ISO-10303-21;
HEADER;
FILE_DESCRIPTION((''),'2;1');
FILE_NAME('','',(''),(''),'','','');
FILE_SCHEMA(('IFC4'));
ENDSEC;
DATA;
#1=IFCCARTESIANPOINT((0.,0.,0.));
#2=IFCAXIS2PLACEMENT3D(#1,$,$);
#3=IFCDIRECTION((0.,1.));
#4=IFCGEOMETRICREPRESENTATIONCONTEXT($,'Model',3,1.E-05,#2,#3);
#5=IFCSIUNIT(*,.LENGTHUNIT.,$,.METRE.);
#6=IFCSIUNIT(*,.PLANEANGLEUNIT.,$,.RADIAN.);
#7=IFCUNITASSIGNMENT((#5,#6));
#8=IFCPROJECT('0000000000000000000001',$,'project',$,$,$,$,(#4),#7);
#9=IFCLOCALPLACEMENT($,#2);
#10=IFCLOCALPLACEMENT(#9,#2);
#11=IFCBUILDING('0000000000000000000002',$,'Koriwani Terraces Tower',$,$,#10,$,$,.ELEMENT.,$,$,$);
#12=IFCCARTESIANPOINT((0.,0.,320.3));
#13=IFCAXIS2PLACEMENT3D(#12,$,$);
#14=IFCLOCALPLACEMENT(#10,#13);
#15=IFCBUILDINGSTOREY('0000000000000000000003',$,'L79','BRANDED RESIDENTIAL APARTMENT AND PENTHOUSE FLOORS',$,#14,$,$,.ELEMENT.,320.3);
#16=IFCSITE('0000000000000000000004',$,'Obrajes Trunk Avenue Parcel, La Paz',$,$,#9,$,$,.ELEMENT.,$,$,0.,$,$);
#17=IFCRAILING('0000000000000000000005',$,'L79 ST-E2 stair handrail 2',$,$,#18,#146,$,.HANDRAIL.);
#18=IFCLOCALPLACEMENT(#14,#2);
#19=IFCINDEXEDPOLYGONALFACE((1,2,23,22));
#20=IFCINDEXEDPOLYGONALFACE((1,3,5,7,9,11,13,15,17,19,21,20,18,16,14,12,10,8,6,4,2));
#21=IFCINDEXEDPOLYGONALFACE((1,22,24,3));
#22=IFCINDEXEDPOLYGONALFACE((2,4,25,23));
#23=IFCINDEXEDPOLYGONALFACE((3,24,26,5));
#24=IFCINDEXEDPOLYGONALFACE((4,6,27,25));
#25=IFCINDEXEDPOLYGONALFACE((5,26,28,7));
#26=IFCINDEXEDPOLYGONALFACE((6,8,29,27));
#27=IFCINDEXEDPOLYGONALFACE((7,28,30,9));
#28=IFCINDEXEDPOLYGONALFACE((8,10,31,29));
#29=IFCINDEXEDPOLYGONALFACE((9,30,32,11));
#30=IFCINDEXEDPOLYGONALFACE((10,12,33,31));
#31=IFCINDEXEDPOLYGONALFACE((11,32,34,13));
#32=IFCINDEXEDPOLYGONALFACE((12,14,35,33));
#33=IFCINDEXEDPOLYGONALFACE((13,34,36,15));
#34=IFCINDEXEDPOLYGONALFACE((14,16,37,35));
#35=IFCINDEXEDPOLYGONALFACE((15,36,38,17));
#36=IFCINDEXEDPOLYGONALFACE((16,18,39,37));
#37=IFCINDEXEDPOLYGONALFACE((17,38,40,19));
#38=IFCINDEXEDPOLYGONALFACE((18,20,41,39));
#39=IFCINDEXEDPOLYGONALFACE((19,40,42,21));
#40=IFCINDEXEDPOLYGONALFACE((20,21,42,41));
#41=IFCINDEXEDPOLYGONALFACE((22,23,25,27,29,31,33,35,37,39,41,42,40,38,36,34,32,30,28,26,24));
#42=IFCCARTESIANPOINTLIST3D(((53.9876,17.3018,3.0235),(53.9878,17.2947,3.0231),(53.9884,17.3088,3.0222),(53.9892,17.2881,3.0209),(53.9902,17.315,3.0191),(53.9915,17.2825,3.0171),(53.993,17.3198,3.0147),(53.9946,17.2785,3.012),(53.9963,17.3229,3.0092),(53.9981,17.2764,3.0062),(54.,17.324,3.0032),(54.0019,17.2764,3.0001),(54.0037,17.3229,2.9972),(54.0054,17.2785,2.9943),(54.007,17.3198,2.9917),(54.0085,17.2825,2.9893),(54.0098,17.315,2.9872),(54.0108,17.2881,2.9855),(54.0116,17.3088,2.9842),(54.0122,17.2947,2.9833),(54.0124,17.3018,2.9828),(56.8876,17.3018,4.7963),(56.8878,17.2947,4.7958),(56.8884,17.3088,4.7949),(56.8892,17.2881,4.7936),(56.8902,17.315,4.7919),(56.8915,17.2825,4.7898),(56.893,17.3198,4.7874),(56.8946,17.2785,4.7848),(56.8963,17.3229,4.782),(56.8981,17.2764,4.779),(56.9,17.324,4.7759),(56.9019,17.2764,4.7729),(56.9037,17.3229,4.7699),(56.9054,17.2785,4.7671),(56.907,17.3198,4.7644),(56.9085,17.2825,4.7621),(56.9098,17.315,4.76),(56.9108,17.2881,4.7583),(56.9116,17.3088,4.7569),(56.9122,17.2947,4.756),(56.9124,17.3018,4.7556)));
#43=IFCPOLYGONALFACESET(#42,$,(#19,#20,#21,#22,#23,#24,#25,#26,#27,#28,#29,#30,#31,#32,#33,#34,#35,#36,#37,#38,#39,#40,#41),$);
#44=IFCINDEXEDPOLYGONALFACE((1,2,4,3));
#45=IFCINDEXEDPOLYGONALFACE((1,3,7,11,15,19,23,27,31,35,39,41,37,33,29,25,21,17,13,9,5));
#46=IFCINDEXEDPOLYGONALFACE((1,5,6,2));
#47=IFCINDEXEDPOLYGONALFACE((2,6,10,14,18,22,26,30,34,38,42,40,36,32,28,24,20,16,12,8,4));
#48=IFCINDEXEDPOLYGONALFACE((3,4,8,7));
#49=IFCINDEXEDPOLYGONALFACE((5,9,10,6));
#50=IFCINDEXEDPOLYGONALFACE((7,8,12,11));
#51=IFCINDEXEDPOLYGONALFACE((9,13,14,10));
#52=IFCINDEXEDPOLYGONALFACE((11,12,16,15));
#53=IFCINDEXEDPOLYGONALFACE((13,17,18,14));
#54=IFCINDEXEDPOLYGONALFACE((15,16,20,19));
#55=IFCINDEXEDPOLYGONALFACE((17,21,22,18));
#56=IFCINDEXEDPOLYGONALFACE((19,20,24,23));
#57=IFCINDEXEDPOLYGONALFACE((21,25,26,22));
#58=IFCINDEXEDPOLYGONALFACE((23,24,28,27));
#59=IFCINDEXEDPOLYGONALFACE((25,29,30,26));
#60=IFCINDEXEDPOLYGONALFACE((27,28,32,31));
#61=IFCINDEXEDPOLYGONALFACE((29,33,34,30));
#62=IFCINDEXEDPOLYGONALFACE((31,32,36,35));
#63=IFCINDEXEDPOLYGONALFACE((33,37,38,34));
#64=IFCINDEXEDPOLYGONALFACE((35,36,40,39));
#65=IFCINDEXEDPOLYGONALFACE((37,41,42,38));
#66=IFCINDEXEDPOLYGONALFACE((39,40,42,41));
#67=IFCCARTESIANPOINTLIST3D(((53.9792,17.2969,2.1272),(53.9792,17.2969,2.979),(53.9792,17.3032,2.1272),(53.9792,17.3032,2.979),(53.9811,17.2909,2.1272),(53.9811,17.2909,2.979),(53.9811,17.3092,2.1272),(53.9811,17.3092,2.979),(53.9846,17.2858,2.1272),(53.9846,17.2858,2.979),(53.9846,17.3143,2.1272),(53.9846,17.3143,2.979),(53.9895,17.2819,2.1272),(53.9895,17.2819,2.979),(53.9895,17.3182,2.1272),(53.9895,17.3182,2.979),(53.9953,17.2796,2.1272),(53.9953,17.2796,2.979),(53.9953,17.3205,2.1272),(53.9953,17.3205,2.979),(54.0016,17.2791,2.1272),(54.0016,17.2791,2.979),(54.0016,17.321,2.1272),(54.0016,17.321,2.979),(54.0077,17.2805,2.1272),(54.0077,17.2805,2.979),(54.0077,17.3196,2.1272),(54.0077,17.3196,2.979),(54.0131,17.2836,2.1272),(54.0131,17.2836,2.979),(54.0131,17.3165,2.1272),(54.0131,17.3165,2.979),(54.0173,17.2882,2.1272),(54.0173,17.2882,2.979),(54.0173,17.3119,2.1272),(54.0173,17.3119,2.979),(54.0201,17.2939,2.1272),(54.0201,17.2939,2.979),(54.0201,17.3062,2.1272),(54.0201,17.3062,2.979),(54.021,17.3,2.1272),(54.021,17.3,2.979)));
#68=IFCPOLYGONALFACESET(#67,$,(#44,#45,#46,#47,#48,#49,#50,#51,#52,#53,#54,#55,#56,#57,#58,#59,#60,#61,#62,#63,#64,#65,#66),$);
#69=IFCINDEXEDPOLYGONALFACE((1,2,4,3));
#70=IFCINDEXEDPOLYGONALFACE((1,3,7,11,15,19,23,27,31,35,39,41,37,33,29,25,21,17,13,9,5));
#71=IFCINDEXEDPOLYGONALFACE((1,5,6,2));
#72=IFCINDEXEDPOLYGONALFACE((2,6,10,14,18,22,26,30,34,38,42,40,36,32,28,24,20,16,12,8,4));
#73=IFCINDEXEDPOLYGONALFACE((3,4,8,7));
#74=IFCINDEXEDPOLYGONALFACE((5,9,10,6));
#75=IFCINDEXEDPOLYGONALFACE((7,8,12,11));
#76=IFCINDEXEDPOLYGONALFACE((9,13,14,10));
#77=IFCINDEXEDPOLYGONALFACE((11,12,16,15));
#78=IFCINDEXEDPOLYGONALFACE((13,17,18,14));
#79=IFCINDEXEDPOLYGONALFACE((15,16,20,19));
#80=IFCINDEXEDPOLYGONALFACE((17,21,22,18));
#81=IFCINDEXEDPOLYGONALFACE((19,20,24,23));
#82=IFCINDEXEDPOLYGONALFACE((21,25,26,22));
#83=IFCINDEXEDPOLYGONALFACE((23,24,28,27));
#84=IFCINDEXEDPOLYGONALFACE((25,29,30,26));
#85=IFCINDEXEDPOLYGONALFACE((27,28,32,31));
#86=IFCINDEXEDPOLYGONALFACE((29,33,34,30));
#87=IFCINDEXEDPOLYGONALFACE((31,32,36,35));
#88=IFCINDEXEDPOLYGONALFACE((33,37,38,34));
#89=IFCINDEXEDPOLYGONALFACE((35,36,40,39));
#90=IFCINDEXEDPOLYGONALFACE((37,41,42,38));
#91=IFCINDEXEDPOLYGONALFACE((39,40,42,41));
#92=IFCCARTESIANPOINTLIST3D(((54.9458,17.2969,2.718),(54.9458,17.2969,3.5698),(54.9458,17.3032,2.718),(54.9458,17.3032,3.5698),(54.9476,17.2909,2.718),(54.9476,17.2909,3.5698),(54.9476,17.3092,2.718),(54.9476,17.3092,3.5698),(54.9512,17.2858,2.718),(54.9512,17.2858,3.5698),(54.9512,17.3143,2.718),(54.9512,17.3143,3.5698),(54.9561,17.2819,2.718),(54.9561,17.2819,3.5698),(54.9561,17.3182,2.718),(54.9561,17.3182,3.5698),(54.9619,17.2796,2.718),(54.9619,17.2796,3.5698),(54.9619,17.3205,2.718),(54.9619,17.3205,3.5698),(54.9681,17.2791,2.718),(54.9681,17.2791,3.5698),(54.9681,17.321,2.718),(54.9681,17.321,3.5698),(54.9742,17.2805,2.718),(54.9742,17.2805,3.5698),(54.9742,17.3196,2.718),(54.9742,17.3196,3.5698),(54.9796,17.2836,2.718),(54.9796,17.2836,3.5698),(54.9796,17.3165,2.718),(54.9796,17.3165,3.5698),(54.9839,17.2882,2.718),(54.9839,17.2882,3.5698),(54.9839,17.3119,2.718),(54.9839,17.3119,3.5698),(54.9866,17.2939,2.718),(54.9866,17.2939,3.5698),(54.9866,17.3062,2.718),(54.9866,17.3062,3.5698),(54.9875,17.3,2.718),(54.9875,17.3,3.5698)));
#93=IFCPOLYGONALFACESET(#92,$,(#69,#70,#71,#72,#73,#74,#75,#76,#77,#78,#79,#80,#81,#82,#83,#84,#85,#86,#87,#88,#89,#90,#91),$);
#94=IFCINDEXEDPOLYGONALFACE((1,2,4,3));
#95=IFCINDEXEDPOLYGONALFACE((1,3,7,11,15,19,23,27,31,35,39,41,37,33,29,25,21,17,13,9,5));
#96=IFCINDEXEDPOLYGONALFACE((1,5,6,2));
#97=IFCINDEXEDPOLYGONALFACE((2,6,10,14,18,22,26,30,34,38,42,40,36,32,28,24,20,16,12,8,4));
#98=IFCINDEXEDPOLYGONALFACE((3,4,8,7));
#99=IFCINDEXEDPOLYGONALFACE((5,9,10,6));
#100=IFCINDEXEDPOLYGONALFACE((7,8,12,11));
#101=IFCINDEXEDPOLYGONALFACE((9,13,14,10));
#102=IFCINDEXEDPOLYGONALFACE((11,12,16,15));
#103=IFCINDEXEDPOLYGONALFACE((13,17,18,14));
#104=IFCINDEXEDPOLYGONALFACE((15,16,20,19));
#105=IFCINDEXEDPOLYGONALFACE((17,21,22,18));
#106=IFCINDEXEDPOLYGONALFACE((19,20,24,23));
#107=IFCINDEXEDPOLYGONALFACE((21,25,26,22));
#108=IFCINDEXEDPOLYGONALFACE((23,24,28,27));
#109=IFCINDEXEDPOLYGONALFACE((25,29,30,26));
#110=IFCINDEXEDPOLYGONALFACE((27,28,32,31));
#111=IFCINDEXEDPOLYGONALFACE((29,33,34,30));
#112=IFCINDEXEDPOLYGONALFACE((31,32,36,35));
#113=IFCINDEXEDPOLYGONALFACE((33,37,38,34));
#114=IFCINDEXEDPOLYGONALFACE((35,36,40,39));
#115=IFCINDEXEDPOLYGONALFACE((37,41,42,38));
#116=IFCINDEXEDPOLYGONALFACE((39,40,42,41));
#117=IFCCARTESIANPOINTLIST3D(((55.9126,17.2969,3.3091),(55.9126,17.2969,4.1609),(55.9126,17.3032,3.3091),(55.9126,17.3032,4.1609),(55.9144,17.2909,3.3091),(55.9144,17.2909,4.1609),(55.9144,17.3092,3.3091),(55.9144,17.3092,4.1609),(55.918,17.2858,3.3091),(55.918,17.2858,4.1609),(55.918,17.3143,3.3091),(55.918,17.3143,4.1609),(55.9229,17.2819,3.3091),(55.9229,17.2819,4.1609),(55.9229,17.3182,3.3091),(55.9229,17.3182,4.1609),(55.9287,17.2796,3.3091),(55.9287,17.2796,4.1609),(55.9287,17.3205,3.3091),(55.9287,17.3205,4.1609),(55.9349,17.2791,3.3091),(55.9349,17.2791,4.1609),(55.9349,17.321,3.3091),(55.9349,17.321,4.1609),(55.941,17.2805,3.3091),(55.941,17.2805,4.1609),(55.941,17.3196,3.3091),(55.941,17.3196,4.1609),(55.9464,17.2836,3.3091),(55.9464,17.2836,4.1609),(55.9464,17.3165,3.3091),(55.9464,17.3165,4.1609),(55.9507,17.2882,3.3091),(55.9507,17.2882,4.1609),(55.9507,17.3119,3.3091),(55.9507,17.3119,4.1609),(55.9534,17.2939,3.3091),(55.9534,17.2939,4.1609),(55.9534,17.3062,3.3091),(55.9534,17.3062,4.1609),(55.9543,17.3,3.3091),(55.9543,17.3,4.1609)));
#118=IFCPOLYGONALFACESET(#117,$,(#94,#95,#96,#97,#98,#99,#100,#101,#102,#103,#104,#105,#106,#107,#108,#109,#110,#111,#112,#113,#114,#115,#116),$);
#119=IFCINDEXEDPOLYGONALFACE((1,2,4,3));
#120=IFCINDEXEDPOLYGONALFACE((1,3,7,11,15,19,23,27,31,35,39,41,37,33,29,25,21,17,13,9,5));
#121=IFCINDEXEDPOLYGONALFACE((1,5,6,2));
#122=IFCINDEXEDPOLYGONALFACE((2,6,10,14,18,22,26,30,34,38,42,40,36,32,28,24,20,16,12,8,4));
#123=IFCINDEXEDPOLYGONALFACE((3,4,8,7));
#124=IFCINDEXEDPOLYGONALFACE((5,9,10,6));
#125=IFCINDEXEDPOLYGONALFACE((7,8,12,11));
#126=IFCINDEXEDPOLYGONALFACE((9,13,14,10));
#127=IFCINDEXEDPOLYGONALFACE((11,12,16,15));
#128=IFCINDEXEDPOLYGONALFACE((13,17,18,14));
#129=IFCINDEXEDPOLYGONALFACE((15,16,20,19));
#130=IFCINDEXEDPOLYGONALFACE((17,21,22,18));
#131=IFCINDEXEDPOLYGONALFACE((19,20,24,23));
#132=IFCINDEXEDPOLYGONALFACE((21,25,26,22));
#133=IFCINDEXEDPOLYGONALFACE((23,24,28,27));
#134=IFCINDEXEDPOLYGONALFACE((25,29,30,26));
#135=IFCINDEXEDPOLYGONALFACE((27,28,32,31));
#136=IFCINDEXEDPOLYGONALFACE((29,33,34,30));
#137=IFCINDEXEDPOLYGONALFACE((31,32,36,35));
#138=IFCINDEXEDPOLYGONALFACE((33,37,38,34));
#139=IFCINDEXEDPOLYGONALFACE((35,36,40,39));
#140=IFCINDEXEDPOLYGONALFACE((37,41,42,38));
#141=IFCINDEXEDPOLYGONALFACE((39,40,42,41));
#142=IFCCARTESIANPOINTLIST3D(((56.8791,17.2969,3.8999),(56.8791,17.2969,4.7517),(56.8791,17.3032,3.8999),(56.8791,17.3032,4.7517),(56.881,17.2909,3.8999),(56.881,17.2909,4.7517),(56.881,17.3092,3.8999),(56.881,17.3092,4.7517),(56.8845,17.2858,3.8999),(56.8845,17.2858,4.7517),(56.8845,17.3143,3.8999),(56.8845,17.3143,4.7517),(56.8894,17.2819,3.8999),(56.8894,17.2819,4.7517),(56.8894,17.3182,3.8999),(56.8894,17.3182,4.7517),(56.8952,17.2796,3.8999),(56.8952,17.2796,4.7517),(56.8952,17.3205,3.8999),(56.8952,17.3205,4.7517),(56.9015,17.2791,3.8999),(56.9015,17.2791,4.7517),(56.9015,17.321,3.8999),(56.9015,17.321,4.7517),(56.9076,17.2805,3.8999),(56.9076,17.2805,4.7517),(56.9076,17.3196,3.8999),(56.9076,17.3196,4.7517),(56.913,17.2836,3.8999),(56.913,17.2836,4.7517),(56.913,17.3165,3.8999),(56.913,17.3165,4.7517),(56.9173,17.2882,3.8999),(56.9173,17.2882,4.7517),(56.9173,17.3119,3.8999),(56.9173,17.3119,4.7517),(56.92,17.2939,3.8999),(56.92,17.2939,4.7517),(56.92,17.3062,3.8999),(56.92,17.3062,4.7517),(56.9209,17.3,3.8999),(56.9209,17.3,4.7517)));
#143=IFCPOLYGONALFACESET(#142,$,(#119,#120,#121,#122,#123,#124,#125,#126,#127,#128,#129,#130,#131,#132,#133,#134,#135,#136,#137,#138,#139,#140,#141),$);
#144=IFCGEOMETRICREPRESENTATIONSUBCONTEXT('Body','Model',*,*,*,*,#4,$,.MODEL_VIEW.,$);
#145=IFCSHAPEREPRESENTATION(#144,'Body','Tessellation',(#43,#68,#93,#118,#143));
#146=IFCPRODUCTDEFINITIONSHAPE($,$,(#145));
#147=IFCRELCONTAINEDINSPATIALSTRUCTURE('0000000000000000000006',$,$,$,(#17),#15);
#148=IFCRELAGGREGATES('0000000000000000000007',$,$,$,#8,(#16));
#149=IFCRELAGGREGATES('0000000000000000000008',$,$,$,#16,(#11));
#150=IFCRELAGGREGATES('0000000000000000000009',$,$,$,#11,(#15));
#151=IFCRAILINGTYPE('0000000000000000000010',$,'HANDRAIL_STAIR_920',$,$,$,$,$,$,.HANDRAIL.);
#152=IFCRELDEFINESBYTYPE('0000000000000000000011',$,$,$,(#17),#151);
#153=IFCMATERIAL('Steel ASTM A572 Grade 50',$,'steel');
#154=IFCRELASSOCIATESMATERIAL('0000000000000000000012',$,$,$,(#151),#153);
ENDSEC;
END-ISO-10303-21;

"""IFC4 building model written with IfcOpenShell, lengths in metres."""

from ifc_helpers import new_model, si_unit, direction, frame, origin, origin_2d, place, context, subcontext, project, spatial, circle, extrude, material, type_object, element, save


model = new_model("IFC4")

# Units and contexts
model_context = context("Model", 3, precision=1e-05, world=origin(), true_north=direction((0.0, 1.0)))
body_context = subcontext(model_context, "Body", "Model", "MODEL_VIEW")
ifc_project = project(units=[si_unit("LENGTHUNIT", "METRE"), si_unit("PLANEANGLEUNIT", "RADIAN")], contexts=[model_context])

# Site, building, storey
site_placement = place(None, origin())
site = spatial("IfcSite", under=ifc_project, at=site_placement, Name="Obrajes Trunk Avenue Parcel, La Paz", CompositionType="ELEMENT", RefElevation=0.0)
building_placement = place(site_placement, origin())
building = spatial("IfcBuilding", under=site, at=building_placement, Name="Koriwani Terraces Tower", CompositionType="ELEMENT")
storey_placement = place(building_placement, frame((0.0, 0.0, 320.3)))
storey = spatial("IfcBuildingStorey", under=building, at=storey_placement, Name="L79", Description="BRANDED RESIDENTIAL APARTMENT AND PENTHOUSE FLOORS", CompositionType="ELEMENT", Elevation=320.3)

# Shared definitions
ifc_material_1 = material(Name="Steel ASTM A572 Grade 50", Category="steel")

# Railing
railing_type = type_object("IfcRailingType", Name="HANDRAIL_STAIR_920", PredefinedType="HANDRAIL", material=ifc_material_1)
railing_placement = place(storey_placement, frame((54.0, 17.3, 2.1272)))
element("IfcRailing", 1, at=railing_placement, inside=storey, type_object=railing_type, Name="L79 ST-E2 stair handrail 2", PredefinedType="HANDRAIL", context=body_context, shape_type="SweptSolid", body=[
    extrude(circle(Radius=0.0239, at=origin_2d()), frame((0.0, 0.0, 0.876), z_axis=(0.853211, 0.0, 0.521566), x_axis=(0.0, 1.0, 0.0)), (0.0, 0.0, 1.0), 3.3989),
    extrude(circle(Radius=0.021, at=origin_2d()), origin(), (0.0, 0.0, 1.0), 0.8518),
    extrude(circle(Radius=0.021, at=origin_2d()), frame((0.9666, 0.0, 0.5908)), (0.0, 0.0, 1.0), 0.8518),
    extrude(circle(Radius=0.021, at=origin_2d()), frame((1.9333, 0.0, 1.1819)), (0.0, 0.0, 1.0), 0.8518),
    extrude(circle(Radius=0.021, at=origin_2d()), frame((2.8999, 0.0, 1.7727)), (0.0, 0.0, 1.0), 0.8518),
])

save(model, "model.ifc")
